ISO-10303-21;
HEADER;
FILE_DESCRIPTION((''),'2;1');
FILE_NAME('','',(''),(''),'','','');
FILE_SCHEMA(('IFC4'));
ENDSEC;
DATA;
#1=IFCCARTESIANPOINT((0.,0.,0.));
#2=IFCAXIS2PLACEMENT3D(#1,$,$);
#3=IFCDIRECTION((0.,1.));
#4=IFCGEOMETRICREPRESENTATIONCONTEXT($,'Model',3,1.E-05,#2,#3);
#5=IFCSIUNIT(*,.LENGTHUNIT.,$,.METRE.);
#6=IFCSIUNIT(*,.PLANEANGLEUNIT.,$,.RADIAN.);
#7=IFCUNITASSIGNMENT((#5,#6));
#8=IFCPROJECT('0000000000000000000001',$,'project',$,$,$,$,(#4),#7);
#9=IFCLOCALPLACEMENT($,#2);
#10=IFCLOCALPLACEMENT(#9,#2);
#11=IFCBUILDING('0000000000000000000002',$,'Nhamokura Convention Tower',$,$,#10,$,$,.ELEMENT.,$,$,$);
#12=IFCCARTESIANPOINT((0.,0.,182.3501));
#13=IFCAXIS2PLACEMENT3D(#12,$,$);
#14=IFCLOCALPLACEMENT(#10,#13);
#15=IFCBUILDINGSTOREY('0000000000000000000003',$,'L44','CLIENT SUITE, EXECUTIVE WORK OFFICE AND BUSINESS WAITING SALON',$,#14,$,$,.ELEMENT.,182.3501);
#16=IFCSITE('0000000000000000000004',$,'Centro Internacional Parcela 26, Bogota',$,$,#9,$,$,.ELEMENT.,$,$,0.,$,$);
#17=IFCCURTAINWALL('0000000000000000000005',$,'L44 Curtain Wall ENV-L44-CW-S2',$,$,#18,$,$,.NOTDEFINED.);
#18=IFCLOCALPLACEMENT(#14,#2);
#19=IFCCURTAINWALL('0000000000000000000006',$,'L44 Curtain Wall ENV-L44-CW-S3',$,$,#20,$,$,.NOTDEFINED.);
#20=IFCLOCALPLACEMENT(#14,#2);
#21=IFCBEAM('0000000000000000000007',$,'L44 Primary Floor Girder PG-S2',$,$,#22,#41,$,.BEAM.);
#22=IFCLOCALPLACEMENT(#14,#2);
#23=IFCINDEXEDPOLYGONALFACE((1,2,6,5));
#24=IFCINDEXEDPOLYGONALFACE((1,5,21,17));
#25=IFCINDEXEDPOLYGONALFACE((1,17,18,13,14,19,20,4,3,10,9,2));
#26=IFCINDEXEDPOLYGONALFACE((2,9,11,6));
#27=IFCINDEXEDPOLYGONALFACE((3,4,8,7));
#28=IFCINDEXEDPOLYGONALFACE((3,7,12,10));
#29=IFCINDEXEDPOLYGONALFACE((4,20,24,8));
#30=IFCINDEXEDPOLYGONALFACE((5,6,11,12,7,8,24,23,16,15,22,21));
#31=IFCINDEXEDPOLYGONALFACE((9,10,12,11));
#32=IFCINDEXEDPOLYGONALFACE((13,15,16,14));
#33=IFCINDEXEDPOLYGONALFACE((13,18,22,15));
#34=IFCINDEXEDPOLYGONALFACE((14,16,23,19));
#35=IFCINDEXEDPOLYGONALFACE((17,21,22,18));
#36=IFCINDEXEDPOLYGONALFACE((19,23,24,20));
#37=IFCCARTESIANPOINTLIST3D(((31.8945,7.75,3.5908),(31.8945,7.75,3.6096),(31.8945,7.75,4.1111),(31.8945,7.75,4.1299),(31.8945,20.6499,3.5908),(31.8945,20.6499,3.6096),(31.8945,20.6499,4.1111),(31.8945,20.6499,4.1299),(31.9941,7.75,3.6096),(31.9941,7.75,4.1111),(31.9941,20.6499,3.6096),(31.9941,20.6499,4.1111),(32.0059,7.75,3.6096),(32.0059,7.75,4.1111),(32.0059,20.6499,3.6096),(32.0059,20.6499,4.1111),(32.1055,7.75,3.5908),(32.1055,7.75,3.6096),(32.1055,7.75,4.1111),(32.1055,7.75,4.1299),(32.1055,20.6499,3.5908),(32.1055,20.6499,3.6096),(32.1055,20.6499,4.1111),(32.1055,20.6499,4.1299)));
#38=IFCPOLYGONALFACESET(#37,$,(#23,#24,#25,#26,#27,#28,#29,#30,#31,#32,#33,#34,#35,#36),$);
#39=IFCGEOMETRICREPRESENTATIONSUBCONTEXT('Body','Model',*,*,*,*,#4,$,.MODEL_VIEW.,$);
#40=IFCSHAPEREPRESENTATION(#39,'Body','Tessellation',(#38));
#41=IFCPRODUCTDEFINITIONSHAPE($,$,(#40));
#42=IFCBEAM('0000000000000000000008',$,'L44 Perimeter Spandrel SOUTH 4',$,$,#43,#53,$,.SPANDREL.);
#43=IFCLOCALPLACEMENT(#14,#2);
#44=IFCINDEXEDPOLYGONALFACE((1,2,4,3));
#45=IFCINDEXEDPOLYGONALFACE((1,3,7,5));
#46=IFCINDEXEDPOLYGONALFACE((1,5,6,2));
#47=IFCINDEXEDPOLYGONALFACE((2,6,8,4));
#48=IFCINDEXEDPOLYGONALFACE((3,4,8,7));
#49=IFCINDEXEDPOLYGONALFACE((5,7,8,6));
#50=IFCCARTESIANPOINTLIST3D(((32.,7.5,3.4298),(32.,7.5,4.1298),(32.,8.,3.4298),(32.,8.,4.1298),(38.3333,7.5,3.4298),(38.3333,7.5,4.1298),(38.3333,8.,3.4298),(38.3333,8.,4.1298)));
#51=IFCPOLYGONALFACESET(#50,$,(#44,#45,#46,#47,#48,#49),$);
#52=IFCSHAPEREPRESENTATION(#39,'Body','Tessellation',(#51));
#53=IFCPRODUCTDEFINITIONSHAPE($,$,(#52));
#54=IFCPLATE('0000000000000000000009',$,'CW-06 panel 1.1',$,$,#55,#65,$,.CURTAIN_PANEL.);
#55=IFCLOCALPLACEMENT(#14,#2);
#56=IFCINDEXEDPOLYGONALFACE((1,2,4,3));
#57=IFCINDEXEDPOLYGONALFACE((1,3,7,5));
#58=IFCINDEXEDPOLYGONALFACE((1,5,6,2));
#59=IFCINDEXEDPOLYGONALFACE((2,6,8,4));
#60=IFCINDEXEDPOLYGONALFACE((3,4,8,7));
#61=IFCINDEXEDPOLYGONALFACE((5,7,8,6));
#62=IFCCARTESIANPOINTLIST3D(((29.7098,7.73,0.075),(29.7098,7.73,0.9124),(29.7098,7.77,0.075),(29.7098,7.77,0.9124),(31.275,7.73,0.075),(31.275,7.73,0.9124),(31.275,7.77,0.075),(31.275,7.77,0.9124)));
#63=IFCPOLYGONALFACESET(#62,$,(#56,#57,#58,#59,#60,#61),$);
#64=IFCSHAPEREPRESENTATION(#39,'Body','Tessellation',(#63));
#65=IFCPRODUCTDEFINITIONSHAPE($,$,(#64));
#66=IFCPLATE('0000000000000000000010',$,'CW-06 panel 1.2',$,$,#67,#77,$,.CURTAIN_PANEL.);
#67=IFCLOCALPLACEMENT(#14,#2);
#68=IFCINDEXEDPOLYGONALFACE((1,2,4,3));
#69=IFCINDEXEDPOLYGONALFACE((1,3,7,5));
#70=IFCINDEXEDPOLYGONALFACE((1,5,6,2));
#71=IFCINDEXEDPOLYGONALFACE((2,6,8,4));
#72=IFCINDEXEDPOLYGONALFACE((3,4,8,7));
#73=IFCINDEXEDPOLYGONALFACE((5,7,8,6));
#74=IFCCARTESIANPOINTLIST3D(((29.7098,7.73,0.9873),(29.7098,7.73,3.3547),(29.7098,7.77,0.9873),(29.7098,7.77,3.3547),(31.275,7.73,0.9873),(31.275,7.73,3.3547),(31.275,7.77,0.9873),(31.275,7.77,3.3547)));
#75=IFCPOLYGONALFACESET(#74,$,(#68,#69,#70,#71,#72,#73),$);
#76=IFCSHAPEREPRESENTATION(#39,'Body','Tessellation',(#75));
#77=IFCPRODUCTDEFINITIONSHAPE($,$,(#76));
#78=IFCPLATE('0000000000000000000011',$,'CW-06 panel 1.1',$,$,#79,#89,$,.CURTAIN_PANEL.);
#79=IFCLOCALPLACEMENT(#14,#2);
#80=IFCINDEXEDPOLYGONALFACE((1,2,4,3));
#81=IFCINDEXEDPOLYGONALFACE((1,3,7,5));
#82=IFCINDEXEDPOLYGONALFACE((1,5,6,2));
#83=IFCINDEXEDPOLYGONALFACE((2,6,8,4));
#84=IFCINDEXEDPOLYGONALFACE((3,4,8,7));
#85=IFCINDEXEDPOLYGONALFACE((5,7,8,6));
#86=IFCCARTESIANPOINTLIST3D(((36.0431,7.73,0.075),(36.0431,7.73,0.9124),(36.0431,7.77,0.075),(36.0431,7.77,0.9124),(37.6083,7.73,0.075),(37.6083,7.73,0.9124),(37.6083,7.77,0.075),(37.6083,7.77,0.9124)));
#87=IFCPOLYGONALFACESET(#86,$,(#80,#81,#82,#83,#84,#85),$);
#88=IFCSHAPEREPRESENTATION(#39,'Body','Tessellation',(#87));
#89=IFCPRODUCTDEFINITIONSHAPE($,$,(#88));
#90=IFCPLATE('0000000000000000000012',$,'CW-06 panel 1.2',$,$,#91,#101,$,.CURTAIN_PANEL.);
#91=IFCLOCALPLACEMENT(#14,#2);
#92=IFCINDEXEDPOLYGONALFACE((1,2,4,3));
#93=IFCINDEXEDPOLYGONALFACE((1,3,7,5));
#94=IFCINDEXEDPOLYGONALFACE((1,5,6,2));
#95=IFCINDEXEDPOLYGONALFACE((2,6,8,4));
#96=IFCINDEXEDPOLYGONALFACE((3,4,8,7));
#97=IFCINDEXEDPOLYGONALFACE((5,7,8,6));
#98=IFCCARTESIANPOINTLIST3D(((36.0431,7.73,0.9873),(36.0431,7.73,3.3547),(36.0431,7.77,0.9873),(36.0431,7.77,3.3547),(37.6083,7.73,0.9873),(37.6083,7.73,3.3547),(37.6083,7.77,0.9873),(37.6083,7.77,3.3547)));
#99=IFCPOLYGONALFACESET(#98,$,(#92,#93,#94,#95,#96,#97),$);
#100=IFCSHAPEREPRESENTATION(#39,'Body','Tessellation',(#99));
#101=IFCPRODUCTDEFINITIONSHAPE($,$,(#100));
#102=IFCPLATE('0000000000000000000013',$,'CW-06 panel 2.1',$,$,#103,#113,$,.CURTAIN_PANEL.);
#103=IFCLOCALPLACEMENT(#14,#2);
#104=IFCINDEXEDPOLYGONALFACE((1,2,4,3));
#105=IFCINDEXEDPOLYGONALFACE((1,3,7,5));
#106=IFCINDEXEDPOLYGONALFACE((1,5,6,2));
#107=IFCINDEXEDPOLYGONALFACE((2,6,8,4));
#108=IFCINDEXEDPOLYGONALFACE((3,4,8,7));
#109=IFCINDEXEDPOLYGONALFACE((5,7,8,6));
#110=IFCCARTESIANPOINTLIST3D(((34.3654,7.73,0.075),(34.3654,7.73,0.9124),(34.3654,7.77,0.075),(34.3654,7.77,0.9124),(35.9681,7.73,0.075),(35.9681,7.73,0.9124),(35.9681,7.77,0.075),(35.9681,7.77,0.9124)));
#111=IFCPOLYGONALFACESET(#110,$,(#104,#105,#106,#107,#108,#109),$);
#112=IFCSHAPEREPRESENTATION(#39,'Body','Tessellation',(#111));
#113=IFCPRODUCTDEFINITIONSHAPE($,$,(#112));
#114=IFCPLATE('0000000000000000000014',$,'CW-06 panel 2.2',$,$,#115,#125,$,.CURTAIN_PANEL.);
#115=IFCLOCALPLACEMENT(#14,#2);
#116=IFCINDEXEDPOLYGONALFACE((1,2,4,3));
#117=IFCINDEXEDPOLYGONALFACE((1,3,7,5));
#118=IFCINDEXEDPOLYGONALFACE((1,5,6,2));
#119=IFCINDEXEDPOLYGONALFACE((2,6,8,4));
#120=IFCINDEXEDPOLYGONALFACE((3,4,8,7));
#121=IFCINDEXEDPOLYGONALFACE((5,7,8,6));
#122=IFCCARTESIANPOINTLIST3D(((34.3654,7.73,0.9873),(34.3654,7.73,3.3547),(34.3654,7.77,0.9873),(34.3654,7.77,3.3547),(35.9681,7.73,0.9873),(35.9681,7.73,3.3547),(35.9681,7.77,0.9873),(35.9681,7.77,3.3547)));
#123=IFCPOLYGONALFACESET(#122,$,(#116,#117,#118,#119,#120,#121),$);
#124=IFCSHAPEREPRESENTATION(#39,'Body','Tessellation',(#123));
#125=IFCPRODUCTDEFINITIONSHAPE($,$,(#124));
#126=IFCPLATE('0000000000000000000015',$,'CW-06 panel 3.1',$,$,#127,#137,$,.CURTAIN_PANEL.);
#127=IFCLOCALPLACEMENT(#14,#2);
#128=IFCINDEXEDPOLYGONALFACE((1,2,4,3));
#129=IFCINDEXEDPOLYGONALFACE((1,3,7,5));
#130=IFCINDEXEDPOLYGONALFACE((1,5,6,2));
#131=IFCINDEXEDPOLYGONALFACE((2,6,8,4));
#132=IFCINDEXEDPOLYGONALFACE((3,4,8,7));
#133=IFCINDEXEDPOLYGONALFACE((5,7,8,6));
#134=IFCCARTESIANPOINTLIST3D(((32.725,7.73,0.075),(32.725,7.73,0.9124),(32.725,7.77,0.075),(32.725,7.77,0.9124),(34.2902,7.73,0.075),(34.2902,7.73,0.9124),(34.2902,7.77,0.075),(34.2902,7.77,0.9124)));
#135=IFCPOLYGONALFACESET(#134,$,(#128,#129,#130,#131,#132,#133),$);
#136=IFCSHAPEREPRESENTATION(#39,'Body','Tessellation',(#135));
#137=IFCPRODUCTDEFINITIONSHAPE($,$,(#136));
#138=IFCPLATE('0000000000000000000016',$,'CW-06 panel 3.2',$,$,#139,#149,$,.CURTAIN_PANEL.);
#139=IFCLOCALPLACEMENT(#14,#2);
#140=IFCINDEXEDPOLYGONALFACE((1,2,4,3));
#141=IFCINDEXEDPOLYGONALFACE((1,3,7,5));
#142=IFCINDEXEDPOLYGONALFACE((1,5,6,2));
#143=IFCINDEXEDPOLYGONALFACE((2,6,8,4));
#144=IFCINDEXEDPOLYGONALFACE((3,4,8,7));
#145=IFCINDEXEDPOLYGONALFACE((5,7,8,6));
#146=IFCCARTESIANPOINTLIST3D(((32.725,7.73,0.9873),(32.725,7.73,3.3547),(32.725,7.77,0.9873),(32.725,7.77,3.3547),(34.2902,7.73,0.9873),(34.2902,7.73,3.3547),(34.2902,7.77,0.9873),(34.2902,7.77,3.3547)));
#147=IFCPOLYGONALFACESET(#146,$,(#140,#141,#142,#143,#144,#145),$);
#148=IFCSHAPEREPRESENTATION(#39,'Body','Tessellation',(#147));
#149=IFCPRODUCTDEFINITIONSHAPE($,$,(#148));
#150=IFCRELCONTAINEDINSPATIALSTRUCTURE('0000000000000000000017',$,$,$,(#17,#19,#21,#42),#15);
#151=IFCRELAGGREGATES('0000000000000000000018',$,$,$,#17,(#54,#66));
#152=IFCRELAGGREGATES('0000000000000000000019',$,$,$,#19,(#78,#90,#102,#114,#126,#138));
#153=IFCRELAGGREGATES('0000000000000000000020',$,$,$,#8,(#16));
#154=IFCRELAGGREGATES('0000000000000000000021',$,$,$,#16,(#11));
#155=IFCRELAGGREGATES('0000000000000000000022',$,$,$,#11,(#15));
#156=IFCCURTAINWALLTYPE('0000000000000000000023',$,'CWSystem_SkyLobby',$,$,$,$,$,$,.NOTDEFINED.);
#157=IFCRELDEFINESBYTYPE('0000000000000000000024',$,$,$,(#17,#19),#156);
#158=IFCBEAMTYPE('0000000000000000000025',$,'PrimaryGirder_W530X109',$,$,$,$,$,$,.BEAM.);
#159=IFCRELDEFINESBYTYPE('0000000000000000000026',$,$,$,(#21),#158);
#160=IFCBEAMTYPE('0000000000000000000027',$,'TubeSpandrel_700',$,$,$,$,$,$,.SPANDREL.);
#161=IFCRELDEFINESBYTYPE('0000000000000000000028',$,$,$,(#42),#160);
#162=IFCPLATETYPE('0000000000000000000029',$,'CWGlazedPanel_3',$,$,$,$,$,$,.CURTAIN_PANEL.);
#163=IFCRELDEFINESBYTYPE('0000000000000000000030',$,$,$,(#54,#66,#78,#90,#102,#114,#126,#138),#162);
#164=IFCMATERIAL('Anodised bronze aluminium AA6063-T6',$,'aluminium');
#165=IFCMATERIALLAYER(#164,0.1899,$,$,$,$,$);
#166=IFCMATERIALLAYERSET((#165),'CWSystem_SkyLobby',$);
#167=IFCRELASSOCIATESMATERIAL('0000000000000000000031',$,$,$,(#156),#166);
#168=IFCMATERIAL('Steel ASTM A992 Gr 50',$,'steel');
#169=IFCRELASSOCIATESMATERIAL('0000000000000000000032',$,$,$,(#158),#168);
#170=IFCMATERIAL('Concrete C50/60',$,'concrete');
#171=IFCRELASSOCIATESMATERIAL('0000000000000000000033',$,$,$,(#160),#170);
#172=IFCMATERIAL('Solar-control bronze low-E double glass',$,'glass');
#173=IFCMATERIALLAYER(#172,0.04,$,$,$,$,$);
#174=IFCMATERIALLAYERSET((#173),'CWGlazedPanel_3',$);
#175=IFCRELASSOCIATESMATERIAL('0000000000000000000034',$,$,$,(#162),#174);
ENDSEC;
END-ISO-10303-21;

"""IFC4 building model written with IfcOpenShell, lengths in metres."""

from ifc_helpers import new_model, si_unit, direction, frame, origin, origin_2d, place, context, subcontext, project, spatial, rectangle, i_section, extrude, material, layer, layer_set, material_profile, profile_set, type_object, element, aggregate, save


model = new_model("IFC4")

# Units and contexts
model_context = context("Model", 3, precision=1e-05, world=origin(), true_north=direction((0.0, 1.0)))
body_context = subcontext(model_context, "Body", "Model", "MODEL_VIEW")
ifc_project = project(units=[si_unit("LENGTHUNIT", "METRE"), si_unit("PLANEANGLEUNIT", "RADIAN")], contexts=[model_context])

# Site, building, storey
site_placement = place(None, origin())
site = spatial("IfcSite", under=ifc_project, at=site_placement, Name="Centro Internacional Parcela 26, Bogota", CompositionType="ELEMENT", RefElevation=0.0)
building_placement = place(site_placement, origin())
building = spatial("IfcBuilding", under=site, at=building_placement, Name="Nhamokura Convention Tower", CompositionType="ELEMENT")
storey_placement = place(building_placement, frame((0.0, 0.0, 182.3501)))
storey = spatial("IfcBuildingStorey", under=building, at=storey_placement, Name="L44", Description="CLIENT SUITE, EXECUTIVE WORK OFFICE AND BUSINESS WAITING SALON", CompositionType="ELEMENT", Elevation=182.3501)

# Curtain wall
ifc_material_1 = material(Name="Anodised bronze aluminium AA6063-T6", Category="aluminium")
ifc_layer_1 = layer(ifc_material_1, 0.1899)
ifc_layer_set_1 = layer_set([ifc_layer_1], Name="CWSystem_SkyLobby")
curtain_wall_type = type_object("IfcCurtainWallType", Name="CWSystem_SkyLobby", PredefinedType="NOTDEFINED", material=ifc_layer_set_1)
curtain_wall_1_placement = place(storey_placement, origin())
curtain_wall_1 = element("IfcCurtainWall", 1, at=curtain_wall_1_placement, inside=storey, type_object=curtain_wall_type, Name="L44 Curtain Wall ENV-L44-CW-S2", PredefinedType="NOTDEFINED")

# Curtain wall
curtain_wall_2_placement = place(storey_placement, origin())
curtain_wall_2 = element("IfcCurtainWall", 2, at=curtain_wall_2_placement, inside=storey, type_object=curtain_wall_type, Name="L44 Curtain Wall ENV-L44-CW-S3", PredefinedType="NOTDEFINED")

# Beams
ifc_material_2 = material(Name="Steel ASTM A992 Gr 50", Category="steel")
ifc_material_profile_1 = material_profile(ifc_material_2, i_section(OverallWidth=0.2109, OverallDepth=0.5391, WebThickness=0.0117, FlangeThickness=0.0188, at=origin_2d()))
ifc_profile_set_1 = profile_set([ifc_material_profile_1], Name="Steel ASTM A992 Gr 50")
beam_type_1 = type_object("IfcBeamType", Name="PrimaryGirder_W530X109", PredefinedType="BEAM", material=ifc_profile_set_1)
beam_1_placement = place(storey_placement, frame((32.0, 7.75, 3.8604), z_axis=(0.0, 1.0, 0.0), x_axis=(-1.0, 0.0, 0.0)))
element("IfcBeam", 3, at=beam_1_placement, inside=storey, type_object=beam_type_1, Name="L44 Primary Floor Girder PG-S2", PredefinedType="BEAM", context=body_context, shape_type="SweptSolid", body=[
    extrude(i_section(OverallWidth=0.2109, OverallDepth=0.5391, WebThickness=0.0117, FlangeThickness=0.0188, at=origin_2d()), origin(), (0.0, 0.0, 1.0), 12.8999),
])
ifc_material_3 = material(Name="Concrete C50/60", Category="concrete")
ifc_material_profile_2 = material_profile(ifc_material_3, rectangle(XDim=0.5, YDim=0.7, at=origin_2d()))
ifc_profile_set_2 = profile_set([ifc_material_profile_2], Name="Concrete C50/60")
beam_type_2 = type_object("IfcBeamType", Name="TubeSpandrel_700", PredefinedType="SPANDREL", material=ifc_profile_set_2)
beam_2_placement = place(storey_placement, frame((32.0, 7.75, 3.7798), z_axis=(1.0, 0.0, 0.0), x_axis=(0.0, 1.0, 0.0)))
element("IfcBeam", 4, at=beam_2_placement, inside=storey, type_object=beam_type_2, Name="L44 Perimeter Spandrel SOUTH 4", PredefinedType="SPANDREL", context=body_context, shape_type="SweptSolid", body=[
    extrude(rectangle(XDim=0.5, YDim=0.7, at=origin_2d()), origin(), (0.0, 0.0, 1.0), 6.3333),
])

# Plates
ifc_material_4 = material(Name="Solar-control bronze low-E double glass", Category="glass")
ifc_layer_2 = layer(ifc_material_4, 0.04)
ifc_layer_set_2 = layer_set([ifc_layer_2], Name="CWGlazedPanel_3")
plate_type = type_object("IfcPlateType", Name="CWGlazedPanel_3", PredefinedType="CURTAIN_PANEL", material=ifc_layer_set_2)
plate_1_placement = place(storey_placement, frame((30.4924, 7.75, 0.075), z_axis=(0.0, 0.0, 1.0), x_axis=(-1.0, 0.0, 0.0)))
plate_1 = element("IfcPlate", 5, at=plate_1_placement, type_object=plate_type, Name="CW-06 panel 1.1", PredefinedType="CURTAIN_PANEL", context=body_context, shape_type="SweptSolid", body=[
    extrude(rectangle(XDim=1.5652, YDim=0.04, at=origin_2d()), origin(), (0.0, 0.0, 1.0), 0.8374),
])
plate_2_placement = place(storey_placement, frame((30.4924, 7.75, 0.9873), z_axis=(0.0, 0.0, 1.0), x_axis=(-1.0, 0.0, 0.0)))
plate_2 = element("IfcPlate", 6, at=plate_2_placement, type_object=plate_type, Name="CW-06 panel 1.2", PredefinedType="CURTAIN_PANEL", context=body_context, shape_type="SweptSolid", body=[
    extrude(rectangle(XDim=1.5652, YDim=0.04, at=origin_2d()), origin(), (0.0, 0.0, 1.0), 2.3674),
])
aggregate(curtain_wall_1, [plate_1, plate_2])
plate_3_placement = place(storey_placement, frame((36.8257, 7.75, 0.075), z_axis=(0.0, 0.0, 1.0), x_axis=(-1.0, 0.0, 0.0)))
plate_3 = element("IfcPlate", 7, at=plate_3_placement, type_object=plate_type, Name="CW-06 panel 1.1", PredefinedType="CURTAIN_PANEL", context=body_context, shape_type="SweptSolid", body=[
    extrude(rectangle(XDim=1.5652, YDim=0.04, at=origin_2d()), origin(), (0.0, 0.0, 1.0), 0.8374),
])
plate_4_placement = place(storey_placement, frame((36.8257, 7.75, 0.9873), z_axis=(0.0, 0.0, 1.0), x_axis=(-1.0, 0.0, 0.0)))
plate_4 = element("IfcPlate", 8, at=plate_4_placement, type_object=plate_type, Name="CW-06 panel 1.2", PredefinedType="CURTAIN_PANEL", context=body_context, shape_type="SweptSolid", body=[
    extrude(rectangle(XDim=1.5652, YDim=0.04, at=origin_2d()), origin(), (0.0, 0.0, 1.0), 2.3674),
])
plate_5_placement = place(storey_placement, frame((35.1667, 7.75, 0.075), z_axis=(0.0, 0.0, 1.0), x_axis=(-1.0, 0.0, 0.0)))
plate_5 = element("IfcPlate", 9, at=plate_5_placement, type_object=plate_type, Name="CW-06 panel 2.1", PredefinedType="CURTAIN_PANEL", context=body_context, shape_type="SweptSolid", body=[
    extrude(rectangle(XDim=1.6028, YDim=0.04, at=origin_2d()), origin(), (0.0, 0.0, 1.0), 0.8374),
])
plate_6_placement = place(storey_placement, frame((35.1667, 7.75, 0.9873), z_axis=(0.0, 0.0, 1.0), x_axis=(-1.0, 0.0, 0.0)))
plate_6 = element("IfcPlate", 10, at=plate_6_placement, type_object=plate_type, Name="CW-06 panel 2.2", PredefinedType="CURTAIN_PANEL", context=body_context, shape_type="SweptSolid", body=[
    extrude(rectangle(XDim=1.6028, YDim=0.04, at=origin_2d()), origin(), (0.0, 0.0, 1.0), 2.3674),
])
plate_7_placement = place(storey_placement, frame((33.5076, 7.75, 0.075), z_axis=(0.0, 0.0, 1.0), x_axis=(-1.0, 0.0, 0.0)))
plate_7 = element("IfcPlate", 11, at=plate_7_placement, type_object=plate_type, Name="CW-06 panel 3.1", PredefinedType="CURTAIN_PANEL", context=body_context, shape_type="SweptSolid", body=[
    extrude(rectangle(XDim=1.5652, YDim=0.04, at=origin_2d()), origin(), (0.0, 0.0, 1.0), 0.8374),
])
plate_8_placement = place(storey_placement, frame((33.5076, 7.75, 0.9873), z_axis=(0.0, 0.0, 1.0), x_axis=(-1.0, 0.0, 0.0)))
plate_8 = element("IfcPlate", 12, at=plate_8_placement, type_object=plate_type, Name="CW-06 panel 3.2", PredefinedType="CURTAIN_PANEL", context=body_context, shape_type="SweptSolid", body=[
    extrude(rectangle(XDim=1.5652, YDim=0.04, at=origin_2d()), origin(), (0.0, 0.0, 1.0), 2.3674),
])
aggregate(curtain_wall_2, [plate_3, plate_4, plate_5, plate_6, plate_7, plate_8])

save(model, "model.ifc")
